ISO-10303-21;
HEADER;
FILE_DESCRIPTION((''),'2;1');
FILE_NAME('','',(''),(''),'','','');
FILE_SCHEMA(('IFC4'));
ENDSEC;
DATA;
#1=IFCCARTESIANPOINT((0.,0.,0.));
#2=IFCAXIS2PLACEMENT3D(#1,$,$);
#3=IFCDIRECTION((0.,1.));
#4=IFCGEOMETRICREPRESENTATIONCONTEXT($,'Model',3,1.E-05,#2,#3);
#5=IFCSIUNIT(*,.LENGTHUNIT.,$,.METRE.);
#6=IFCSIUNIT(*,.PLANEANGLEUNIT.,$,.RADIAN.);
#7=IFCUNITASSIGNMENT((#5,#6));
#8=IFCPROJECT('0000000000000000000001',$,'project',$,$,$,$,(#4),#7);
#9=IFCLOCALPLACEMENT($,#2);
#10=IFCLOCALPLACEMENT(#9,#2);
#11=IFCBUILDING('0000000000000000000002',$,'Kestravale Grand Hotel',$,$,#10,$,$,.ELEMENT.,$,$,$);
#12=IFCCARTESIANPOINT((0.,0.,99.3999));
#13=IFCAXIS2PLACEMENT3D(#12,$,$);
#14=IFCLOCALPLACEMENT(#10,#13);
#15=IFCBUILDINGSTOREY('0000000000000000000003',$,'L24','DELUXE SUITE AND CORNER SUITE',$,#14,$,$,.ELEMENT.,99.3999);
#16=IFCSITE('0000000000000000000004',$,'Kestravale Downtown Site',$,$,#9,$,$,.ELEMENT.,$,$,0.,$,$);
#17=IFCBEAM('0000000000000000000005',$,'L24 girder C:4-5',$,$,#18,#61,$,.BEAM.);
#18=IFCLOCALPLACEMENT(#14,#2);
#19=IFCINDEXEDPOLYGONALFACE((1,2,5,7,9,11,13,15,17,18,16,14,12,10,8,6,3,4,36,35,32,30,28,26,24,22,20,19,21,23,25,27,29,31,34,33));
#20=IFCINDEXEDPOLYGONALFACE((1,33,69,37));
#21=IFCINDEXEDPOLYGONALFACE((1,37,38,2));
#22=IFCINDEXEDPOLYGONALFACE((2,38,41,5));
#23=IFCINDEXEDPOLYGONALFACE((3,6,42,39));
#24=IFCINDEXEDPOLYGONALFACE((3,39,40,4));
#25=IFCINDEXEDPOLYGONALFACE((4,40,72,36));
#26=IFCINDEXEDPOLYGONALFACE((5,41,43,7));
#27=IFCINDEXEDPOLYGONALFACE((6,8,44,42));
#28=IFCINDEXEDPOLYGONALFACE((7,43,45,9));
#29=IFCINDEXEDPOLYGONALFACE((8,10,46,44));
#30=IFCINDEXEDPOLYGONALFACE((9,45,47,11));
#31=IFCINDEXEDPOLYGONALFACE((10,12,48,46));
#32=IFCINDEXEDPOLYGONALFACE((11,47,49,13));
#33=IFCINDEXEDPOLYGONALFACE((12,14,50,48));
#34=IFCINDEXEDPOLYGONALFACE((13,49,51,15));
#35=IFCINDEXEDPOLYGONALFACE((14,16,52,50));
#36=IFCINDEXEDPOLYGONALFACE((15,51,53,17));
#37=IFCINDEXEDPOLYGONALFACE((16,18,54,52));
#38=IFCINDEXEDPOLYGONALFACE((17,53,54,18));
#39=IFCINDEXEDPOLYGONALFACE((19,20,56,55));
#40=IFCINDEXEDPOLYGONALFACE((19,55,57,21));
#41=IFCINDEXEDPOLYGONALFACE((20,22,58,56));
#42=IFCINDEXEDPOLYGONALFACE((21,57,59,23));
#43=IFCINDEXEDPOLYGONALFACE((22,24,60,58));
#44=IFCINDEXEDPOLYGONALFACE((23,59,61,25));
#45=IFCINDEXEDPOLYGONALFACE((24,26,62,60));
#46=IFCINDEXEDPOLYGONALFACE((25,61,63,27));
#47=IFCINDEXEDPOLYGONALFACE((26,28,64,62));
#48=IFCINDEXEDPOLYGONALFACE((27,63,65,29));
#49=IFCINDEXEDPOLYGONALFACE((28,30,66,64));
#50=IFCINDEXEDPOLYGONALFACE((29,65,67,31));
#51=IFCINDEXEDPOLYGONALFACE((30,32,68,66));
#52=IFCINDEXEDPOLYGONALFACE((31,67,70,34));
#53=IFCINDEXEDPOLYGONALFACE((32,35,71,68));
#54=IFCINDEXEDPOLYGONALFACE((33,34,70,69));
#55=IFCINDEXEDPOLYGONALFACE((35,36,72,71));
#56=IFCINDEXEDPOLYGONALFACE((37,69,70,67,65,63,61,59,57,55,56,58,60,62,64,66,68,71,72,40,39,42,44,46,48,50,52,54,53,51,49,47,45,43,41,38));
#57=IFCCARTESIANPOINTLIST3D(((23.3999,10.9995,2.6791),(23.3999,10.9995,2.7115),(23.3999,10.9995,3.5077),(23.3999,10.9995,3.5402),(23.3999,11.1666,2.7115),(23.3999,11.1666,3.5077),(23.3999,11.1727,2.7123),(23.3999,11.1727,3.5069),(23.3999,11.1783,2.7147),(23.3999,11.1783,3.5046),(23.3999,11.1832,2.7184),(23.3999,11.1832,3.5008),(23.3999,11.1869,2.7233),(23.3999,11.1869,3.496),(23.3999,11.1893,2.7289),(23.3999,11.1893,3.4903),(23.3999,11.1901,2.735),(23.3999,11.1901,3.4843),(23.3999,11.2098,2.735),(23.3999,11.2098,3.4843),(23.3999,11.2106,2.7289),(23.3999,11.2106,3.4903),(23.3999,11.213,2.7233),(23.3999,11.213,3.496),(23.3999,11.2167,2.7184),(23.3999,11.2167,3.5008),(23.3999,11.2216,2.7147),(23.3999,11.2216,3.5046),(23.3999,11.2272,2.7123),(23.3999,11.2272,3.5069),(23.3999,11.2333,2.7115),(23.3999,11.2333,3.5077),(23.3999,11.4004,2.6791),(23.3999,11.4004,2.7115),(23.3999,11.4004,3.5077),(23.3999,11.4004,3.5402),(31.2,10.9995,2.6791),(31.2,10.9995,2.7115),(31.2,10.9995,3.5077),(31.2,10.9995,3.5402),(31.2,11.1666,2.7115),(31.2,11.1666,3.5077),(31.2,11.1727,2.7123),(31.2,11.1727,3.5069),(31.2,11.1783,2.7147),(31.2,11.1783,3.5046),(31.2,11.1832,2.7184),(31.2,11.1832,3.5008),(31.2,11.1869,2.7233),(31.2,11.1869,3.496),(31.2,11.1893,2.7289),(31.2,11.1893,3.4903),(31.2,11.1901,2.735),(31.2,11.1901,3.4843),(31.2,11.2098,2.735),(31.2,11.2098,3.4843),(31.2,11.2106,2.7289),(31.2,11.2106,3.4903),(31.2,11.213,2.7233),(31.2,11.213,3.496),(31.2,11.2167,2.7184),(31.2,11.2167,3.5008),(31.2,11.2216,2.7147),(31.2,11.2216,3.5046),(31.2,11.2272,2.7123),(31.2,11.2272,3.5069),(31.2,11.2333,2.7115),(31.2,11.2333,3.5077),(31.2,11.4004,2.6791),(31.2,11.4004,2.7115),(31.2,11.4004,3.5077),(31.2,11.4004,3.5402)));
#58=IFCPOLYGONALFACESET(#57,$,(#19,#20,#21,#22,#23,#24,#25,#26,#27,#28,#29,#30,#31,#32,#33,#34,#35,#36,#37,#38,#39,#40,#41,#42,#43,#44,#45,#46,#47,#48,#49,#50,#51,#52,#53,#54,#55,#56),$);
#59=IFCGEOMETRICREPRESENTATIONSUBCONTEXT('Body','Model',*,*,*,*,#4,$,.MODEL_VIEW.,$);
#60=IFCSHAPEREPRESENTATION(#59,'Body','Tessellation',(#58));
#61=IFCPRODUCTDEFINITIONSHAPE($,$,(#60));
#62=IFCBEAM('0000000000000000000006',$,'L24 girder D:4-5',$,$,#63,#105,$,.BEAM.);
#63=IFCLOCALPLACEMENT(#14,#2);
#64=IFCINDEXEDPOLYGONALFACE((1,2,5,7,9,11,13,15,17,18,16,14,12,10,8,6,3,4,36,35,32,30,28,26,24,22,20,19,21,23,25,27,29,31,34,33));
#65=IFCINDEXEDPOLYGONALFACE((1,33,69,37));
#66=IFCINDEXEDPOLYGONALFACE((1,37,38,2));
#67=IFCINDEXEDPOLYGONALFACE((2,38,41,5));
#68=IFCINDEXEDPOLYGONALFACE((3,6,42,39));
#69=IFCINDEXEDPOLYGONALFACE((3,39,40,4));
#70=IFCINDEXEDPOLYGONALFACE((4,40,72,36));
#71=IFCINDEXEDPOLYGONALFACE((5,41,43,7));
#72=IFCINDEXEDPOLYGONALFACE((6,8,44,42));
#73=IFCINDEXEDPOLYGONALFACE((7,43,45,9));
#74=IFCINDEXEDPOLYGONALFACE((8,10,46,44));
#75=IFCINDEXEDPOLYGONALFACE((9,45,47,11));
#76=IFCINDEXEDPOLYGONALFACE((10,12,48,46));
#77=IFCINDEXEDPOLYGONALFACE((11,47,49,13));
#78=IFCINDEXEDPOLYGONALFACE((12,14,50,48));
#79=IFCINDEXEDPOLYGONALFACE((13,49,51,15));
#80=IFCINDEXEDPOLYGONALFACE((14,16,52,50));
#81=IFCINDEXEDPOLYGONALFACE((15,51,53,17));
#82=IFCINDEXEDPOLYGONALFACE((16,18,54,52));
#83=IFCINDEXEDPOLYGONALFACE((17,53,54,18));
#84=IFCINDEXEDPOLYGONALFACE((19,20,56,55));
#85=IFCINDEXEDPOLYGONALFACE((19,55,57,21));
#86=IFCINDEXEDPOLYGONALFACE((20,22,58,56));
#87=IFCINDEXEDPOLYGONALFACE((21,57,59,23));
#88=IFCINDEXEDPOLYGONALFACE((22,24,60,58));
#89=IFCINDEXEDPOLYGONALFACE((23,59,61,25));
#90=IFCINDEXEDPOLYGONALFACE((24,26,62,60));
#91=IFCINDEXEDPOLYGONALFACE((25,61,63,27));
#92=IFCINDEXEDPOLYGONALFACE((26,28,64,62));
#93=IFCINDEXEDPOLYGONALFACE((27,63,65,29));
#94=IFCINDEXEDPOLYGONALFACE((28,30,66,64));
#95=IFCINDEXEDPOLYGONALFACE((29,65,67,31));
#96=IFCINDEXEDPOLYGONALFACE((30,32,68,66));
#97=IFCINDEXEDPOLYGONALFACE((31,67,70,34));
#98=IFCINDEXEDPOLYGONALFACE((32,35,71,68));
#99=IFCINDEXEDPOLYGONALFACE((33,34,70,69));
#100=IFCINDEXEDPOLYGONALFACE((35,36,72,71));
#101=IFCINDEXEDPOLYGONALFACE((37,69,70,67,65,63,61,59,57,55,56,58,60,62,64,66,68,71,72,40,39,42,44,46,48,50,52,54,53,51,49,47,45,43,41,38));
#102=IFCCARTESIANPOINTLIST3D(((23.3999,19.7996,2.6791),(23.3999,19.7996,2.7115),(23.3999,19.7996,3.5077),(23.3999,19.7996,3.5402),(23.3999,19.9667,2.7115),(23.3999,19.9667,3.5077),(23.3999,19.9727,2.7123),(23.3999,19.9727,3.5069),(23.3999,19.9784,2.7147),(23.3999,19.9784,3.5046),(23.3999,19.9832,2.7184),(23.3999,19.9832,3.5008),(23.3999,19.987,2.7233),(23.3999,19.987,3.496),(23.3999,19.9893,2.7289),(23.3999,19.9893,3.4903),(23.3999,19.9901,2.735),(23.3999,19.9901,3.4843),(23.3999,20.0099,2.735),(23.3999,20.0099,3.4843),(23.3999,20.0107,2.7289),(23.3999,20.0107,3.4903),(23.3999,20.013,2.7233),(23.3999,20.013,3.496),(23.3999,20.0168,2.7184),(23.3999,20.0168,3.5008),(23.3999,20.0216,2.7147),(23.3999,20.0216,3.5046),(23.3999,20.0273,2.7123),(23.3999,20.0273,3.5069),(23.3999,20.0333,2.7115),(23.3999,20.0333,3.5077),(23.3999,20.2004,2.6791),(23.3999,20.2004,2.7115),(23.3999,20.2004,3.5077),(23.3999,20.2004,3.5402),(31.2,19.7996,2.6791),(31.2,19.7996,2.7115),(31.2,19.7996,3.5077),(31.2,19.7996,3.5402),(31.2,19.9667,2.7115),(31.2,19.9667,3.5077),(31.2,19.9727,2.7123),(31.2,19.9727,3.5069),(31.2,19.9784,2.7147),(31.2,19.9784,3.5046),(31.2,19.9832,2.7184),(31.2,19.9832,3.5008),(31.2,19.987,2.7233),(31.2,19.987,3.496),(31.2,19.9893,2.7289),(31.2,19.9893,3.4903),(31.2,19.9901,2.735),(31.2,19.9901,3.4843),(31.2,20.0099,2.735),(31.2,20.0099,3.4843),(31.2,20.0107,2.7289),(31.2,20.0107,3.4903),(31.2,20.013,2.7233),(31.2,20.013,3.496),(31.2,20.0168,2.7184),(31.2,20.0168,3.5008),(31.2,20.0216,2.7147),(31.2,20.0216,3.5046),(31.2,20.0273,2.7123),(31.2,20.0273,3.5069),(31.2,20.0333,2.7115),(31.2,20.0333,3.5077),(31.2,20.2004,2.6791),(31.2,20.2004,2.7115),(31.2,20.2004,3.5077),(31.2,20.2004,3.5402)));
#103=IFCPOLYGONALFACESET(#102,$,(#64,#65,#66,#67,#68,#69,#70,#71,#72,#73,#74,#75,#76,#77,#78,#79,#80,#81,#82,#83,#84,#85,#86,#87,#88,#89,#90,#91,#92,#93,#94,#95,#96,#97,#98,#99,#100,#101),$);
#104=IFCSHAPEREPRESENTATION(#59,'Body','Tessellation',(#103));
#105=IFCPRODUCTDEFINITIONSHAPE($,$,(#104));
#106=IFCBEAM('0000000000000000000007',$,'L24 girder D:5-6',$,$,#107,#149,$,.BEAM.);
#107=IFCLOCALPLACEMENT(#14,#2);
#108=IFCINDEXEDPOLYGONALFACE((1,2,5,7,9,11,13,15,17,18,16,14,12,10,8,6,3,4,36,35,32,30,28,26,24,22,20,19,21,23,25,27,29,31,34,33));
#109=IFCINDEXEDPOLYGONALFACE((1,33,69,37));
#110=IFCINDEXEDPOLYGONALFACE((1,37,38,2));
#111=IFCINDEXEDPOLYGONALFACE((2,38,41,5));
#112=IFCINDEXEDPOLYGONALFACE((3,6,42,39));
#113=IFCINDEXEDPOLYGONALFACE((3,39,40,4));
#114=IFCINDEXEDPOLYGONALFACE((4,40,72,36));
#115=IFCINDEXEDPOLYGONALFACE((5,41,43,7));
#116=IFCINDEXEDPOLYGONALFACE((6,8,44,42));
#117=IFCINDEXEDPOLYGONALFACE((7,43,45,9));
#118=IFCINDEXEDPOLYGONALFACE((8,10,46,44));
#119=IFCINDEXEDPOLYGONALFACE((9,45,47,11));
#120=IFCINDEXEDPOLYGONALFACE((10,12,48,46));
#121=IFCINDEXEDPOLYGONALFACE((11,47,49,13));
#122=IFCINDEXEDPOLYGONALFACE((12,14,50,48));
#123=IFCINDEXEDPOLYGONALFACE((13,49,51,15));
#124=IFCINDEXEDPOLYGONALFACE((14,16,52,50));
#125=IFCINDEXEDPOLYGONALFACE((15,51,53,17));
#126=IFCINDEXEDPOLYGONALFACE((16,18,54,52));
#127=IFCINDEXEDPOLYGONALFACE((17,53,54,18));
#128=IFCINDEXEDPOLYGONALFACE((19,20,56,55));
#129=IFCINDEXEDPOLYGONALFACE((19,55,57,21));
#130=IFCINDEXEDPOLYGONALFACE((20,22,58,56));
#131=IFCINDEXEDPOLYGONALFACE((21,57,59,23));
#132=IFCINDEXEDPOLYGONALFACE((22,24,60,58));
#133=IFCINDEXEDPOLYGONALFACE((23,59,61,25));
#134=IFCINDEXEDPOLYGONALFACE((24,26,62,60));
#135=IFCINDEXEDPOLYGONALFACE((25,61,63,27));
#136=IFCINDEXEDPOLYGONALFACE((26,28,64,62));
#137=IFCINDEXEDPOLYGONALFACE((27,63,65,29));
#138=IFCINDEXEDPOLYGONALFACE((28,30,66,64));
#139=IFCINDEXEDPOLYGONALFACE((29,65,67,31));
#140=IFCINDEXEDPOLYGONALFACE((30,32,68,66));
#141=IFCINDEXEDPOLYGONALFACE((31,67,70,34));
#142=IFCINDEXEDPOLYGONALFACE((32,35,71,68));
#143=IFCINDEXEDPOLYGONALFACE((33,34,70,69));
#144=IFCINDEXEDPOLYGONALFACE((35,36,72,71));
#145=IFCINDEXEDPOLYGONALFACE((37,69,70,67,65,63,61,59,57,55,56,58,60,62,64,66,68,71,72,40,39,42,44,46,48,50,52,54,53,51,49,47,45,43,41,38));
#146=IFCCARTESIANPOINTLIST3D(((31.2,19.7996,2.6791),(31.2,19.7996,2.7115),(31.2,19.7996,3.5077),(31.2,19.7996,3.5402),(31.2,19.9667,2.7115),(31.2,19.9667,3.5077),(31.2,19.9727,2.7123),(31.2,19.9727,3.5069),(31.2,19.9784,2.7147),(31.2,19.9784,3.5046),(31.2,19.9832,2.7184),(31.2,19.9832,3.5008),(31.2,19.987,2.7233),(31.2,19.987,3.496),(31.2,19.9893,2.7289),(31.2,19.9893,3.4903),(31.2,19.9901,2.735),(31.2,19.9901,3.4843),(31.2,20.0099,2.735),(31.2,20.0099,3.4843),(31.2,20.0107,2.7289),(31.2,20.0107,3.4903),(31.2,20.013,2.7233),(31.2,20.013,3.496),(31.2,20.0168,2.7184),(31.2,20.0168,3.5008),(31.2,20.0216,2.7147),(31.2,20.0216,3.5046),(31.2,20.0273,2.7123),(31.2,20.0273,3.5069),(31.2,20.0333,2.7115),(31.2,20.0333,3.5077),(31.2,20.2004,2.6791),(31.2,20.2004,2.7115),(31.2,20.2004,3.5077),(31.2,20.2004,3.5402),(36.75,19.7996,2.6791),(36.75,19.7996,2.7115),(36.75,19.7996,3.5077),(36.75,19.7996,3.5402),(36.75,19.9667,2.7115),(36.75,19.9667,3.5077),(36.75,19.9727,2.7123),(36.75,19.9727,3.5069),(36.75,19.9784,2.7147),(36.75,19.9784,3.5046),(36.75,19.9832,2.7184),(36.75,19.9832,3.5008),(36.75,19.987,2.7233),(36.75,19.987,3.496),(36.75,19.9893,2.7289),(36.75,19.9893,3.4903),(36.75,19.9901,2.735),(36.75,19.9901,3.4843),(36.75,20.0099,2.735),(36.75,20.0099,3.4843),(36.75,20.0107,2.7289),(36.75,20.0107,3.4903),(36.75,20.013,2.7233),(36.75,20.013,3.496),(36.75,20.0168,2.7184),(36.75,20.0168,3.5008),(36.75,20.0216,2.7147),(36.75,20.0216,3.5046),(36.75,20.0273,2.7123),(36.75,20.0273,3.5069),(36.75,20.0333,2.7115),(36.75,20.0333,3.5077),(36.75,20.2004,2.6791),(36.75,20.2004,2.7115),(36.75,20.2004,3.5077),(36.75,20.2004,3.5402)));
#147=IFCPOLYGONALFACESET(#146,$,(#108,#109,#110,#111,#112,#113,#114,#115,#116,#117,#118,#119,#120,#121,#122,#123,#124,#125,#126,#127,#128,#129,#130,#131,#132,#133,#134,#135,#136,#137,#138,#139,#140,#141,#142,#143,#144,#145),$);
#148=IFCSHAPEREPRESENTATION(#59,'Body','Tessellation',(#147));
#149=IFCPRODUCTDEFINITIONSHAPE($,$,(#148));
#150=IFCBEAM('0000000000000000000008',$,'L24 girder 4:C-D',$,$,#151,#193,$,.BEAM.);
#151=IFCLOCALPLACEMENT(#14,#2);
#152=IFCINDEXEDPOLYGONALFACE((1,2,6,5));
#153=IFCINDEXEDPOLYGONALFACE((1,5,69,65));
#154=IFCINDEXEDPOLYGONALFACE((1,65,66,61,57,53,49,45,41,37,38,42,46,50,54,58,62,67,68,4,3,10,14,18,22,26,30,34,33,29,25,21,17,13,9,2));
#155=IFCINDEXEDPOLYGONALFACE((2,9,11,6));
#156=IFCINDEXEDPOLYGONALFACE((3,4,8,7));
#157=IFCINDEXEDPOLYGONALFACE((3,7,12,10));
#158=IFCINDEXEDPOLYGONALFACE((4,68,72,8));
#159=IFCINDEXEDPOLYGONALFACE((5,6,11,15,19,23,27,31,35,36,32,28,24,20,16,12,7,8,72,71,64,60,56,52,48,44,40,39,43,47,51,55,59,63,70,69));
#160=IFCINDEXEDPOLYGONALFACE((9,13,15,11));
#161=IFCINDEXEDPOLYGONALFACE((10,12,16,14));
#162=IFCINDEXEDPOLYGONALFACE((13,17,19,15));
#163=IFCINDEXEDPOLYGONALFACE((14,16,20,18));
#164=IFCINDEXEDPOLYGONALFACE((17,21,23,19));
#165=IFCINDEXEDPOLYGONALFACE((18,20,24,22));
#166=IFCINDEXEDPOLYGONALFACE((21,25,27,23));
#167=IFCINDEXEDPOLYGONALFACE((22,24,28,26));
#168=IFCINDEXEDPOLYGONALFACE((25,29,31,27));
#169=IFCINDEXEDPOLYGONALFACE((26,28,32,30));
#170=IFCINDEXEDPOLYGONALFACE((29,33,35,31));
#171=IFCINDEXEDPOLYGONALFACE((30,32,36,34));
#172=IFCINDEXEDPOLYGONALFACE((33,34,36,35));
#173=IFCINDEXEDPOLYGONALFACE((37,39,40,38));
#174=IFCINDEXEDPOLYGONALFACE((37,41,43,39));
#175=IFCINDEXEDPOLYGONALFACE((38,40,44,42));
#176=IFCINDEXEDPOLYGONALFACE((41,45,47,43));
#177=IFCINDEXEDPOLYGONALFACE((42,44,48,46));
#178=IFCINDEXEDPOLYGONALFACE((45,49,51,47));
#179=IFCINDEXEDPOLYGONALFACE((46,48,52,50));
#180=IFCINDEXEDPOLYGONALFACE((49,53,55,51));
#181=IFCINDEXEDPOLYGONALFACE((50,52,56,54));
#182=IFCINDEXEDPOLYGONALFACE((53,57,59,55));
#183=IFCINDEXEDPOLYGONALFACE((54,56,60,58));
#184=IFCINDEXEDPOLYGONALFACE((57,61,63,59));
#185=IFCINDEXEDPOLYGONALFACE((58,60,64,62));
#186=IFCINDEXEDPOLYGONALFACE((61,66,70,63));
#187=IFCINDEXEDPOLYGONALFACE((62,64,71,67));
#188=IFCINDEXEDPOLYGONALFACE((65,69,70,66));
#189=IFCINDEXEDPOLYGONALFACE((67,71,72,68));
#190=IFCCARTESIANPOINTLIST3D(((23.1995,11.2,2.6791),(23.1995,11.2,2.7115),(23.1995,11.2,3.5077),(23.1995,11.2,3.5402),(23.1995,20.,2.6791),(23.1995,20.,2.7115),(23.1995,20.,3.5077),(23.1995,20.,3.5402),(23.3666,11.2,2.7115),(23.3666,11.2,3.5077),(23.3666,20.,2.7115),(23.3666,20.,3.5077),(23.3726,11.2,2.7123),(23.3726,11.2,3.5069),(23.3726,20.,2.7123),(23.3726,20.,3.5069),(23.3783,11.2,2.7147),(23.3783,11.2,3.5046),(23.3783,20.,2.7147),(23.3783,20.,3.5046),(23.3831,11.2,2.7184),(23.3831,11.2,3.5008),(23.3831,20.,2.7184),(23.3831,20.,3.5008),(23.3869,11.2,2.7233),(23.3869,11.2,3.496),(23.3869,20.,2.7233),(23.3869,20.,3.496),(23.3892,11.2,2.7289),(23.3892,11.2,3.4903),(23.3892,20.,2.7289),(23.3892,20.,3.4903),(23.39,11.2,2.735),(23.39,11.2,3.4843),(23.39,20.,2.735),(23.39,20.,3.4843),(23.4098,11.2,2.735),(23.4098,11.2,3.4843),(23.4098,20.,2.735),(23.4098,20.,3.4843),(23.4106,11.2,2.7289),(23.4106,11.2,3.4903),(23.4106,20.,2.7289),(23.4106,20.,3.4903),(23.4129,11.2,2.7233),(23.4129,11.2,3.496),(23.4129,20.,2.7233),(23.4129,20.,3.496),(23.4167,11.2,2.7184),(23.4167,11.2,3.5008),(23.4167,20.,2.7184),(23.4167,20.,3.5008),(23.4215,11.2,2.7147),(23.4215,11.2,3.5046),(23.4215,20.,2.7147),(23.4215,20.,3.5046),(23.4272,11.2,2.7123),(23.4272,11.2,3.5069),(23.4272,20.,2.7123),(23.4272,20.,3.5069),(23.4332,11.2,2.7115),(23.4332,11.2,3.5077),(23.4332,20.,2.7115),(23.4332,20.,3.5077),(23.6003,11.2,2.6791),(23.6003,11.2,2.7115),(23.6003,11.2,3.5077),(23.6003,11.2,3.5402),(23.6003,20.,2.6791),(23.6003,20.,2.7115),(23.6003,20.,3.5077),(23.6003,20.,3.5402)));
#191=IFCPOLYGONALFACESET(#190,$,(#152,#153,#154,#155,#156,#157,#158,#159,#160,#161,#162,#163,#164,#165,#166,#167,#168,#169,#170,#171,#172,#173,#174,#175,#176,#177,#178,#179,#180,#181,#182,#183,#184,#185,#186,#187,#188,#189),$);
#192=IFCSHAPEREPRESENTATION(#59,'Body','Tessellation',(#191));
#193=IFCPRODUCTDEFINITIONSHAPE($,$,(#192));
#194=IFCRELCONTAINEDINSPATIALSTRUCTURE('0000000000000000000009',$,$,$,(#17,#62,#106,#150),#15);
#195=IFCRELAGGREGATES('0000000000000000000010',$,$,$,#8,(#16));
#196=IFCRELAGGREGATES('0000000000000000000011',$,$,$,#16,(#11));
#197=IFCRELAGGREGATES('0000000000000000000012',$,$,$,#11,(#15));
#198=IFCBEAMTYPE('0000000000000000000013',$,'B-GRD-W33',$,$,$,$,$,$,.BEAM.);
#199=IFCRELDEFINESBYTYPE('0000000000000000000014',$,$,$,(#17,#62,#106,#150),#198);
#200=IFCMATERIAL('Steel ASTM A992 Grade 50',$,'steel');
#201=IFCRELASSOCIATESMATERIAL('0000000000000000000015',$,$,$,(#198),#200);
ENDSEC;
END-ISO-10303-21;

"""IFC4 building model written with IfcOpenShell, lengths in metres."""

from ifc_helpers import new_model, si_unit, direction, frame, origin, origin_2d, place, context, subcontext, project, spatial, i_section, extrude, material, material_profile, profile_set, type_object, element, save


model = new_model("IFC4")

# Units and contexts
model_context = context("Model", 3, precision=1e-05, world=origin(), true_north=direction((0.0, 1.0)))
body_context = subcontext(model_context, "Body", "Model", "MODEL_VIEW")
ifc_project = project(units=[si_unit("LENGTHUNIT", "METRE"), si_unit("PLANEANGLEUNIT", "RADIAN")], contexts=[model_context])

# Site, building, storey
site_placement = place(None, origin())
site = spatial("IfcSite", under=ifc_project, at=site_placement, Name="Kestravale Downtown Site", CompositionType="ELEMENT", RefElevation=0.0)
building_placement = place(site_placement, origin())
building = spatial("IfcBuilding", under=site, at=building_placement, Name="Kestravale Grand Hotel", CompositionType="ELEMENT")
storey_placement = place(building_placement, frame((0.0, 0.0, 99.3999)))
storey = spatial("IfcBuildingStorey", under=building, at=storey_placement, Name="L24", Description="DELUXE SUITE AND CORNER SUITE", CompositionType="ELEMENT", Elevation=99.3999)

# Beams
ifc_material_1 = material(Name="Steel ASTM A992 Grade 50", Category="steel")
ifc_material_profile_1 = material_profile(ifc_material_1, i_section(OverallWidth=0.4009, OverallDepth=0.8611, WebThickness=0.0198, FlangeThickness=0.0325, FilletRadius=0.0234, at=origin_2d()))
ifc_profile_set_1 = profile_set([ifc_material_profile_1], Name="Steel ASTM A992 Grade 50")
beam_type_1 = type_object("IfcBeamType", Name="B-GRD-W33", PredefinedType="BEAM", material=ifc_profile_set_1)
for number, where, z_axis, x_axis, name in (
    (1, (23.3999, 11.2, 3.1096), (1.0, 0.0, 0.0), (0.0, 1.0, 0.0), "L24 girder C:4-5"),
    (2, (23.3999, 20.0, 3.1096), (1.0, 0.0, 0.0), (0.0, 1.0, 0.0), "L24 girder D:4-5"),
):
    element("IfcBeam", number, at=place(storey_placement, frame(where, z_axis=z_axis, x_axis=x_axis)), inside=storey, type_object=beam_type_1, Name=name, PredefinedType="BEAM", context=body_context, shape_type="SweptSolid", body=[
        extrude(i_section(OverallWidth=0.4009, OverallDepth=0.8611, WebThickness=0.0198, FlangeThickness=0.0325, FilletRadius=0.0234, at=origin_2d()), origin(), (0.0, 0.0, 1.0), 7.8),
    ])
beam_1_placement = place(storey_placement, frame((31.2, 20.0, 3.1096), z_axis=(1.0, 0.0, 0.0), x_axis=(0.0, 1.0, 0.0)))
element("IfcBeam", 3, at=beam_1_placement, inside=storey, type_object=beam_type_1, Name="L24 girder D:5-6", PredefinedType="BEAM", context=body_context, shape_type="SweptSolid", body=[
    extrude(i_section(OverallWidth=0.4009, OverallDepth=0.8611, WebThickness=0.0198, FlangeThickness=0.0325, FilletRadius=0.0234, at=origin_2d()), origin(), (0.0, 0.0, 1.0), 5.55),
])
beam_2_placement = place(storey_placement, frame((23.3999, 11.2, 3.1096), z_axis=(0.0, 1.0, 0.0), x_axis=(-1.0, 0.0, 0.0)))
element("IfcBeam", 4, at=beam_2_placement, inside=storey, type_object=beam_type_1, Name="L24 girder 4:C-D", PredefinedType="BEAM", context=body_context, shape_type="SweptSolid", body=[
    extrude(i_section(OverallWidth=0.4009, OverallDepth=0.8611, WebThickness=0.0198, FlangeThickness=0.0325, FilletRadius=0.0234, at=origin_2d()), origin(), (0.0, 0.0, 1.0), 8.8),
])

save(model, "model.ifc")
